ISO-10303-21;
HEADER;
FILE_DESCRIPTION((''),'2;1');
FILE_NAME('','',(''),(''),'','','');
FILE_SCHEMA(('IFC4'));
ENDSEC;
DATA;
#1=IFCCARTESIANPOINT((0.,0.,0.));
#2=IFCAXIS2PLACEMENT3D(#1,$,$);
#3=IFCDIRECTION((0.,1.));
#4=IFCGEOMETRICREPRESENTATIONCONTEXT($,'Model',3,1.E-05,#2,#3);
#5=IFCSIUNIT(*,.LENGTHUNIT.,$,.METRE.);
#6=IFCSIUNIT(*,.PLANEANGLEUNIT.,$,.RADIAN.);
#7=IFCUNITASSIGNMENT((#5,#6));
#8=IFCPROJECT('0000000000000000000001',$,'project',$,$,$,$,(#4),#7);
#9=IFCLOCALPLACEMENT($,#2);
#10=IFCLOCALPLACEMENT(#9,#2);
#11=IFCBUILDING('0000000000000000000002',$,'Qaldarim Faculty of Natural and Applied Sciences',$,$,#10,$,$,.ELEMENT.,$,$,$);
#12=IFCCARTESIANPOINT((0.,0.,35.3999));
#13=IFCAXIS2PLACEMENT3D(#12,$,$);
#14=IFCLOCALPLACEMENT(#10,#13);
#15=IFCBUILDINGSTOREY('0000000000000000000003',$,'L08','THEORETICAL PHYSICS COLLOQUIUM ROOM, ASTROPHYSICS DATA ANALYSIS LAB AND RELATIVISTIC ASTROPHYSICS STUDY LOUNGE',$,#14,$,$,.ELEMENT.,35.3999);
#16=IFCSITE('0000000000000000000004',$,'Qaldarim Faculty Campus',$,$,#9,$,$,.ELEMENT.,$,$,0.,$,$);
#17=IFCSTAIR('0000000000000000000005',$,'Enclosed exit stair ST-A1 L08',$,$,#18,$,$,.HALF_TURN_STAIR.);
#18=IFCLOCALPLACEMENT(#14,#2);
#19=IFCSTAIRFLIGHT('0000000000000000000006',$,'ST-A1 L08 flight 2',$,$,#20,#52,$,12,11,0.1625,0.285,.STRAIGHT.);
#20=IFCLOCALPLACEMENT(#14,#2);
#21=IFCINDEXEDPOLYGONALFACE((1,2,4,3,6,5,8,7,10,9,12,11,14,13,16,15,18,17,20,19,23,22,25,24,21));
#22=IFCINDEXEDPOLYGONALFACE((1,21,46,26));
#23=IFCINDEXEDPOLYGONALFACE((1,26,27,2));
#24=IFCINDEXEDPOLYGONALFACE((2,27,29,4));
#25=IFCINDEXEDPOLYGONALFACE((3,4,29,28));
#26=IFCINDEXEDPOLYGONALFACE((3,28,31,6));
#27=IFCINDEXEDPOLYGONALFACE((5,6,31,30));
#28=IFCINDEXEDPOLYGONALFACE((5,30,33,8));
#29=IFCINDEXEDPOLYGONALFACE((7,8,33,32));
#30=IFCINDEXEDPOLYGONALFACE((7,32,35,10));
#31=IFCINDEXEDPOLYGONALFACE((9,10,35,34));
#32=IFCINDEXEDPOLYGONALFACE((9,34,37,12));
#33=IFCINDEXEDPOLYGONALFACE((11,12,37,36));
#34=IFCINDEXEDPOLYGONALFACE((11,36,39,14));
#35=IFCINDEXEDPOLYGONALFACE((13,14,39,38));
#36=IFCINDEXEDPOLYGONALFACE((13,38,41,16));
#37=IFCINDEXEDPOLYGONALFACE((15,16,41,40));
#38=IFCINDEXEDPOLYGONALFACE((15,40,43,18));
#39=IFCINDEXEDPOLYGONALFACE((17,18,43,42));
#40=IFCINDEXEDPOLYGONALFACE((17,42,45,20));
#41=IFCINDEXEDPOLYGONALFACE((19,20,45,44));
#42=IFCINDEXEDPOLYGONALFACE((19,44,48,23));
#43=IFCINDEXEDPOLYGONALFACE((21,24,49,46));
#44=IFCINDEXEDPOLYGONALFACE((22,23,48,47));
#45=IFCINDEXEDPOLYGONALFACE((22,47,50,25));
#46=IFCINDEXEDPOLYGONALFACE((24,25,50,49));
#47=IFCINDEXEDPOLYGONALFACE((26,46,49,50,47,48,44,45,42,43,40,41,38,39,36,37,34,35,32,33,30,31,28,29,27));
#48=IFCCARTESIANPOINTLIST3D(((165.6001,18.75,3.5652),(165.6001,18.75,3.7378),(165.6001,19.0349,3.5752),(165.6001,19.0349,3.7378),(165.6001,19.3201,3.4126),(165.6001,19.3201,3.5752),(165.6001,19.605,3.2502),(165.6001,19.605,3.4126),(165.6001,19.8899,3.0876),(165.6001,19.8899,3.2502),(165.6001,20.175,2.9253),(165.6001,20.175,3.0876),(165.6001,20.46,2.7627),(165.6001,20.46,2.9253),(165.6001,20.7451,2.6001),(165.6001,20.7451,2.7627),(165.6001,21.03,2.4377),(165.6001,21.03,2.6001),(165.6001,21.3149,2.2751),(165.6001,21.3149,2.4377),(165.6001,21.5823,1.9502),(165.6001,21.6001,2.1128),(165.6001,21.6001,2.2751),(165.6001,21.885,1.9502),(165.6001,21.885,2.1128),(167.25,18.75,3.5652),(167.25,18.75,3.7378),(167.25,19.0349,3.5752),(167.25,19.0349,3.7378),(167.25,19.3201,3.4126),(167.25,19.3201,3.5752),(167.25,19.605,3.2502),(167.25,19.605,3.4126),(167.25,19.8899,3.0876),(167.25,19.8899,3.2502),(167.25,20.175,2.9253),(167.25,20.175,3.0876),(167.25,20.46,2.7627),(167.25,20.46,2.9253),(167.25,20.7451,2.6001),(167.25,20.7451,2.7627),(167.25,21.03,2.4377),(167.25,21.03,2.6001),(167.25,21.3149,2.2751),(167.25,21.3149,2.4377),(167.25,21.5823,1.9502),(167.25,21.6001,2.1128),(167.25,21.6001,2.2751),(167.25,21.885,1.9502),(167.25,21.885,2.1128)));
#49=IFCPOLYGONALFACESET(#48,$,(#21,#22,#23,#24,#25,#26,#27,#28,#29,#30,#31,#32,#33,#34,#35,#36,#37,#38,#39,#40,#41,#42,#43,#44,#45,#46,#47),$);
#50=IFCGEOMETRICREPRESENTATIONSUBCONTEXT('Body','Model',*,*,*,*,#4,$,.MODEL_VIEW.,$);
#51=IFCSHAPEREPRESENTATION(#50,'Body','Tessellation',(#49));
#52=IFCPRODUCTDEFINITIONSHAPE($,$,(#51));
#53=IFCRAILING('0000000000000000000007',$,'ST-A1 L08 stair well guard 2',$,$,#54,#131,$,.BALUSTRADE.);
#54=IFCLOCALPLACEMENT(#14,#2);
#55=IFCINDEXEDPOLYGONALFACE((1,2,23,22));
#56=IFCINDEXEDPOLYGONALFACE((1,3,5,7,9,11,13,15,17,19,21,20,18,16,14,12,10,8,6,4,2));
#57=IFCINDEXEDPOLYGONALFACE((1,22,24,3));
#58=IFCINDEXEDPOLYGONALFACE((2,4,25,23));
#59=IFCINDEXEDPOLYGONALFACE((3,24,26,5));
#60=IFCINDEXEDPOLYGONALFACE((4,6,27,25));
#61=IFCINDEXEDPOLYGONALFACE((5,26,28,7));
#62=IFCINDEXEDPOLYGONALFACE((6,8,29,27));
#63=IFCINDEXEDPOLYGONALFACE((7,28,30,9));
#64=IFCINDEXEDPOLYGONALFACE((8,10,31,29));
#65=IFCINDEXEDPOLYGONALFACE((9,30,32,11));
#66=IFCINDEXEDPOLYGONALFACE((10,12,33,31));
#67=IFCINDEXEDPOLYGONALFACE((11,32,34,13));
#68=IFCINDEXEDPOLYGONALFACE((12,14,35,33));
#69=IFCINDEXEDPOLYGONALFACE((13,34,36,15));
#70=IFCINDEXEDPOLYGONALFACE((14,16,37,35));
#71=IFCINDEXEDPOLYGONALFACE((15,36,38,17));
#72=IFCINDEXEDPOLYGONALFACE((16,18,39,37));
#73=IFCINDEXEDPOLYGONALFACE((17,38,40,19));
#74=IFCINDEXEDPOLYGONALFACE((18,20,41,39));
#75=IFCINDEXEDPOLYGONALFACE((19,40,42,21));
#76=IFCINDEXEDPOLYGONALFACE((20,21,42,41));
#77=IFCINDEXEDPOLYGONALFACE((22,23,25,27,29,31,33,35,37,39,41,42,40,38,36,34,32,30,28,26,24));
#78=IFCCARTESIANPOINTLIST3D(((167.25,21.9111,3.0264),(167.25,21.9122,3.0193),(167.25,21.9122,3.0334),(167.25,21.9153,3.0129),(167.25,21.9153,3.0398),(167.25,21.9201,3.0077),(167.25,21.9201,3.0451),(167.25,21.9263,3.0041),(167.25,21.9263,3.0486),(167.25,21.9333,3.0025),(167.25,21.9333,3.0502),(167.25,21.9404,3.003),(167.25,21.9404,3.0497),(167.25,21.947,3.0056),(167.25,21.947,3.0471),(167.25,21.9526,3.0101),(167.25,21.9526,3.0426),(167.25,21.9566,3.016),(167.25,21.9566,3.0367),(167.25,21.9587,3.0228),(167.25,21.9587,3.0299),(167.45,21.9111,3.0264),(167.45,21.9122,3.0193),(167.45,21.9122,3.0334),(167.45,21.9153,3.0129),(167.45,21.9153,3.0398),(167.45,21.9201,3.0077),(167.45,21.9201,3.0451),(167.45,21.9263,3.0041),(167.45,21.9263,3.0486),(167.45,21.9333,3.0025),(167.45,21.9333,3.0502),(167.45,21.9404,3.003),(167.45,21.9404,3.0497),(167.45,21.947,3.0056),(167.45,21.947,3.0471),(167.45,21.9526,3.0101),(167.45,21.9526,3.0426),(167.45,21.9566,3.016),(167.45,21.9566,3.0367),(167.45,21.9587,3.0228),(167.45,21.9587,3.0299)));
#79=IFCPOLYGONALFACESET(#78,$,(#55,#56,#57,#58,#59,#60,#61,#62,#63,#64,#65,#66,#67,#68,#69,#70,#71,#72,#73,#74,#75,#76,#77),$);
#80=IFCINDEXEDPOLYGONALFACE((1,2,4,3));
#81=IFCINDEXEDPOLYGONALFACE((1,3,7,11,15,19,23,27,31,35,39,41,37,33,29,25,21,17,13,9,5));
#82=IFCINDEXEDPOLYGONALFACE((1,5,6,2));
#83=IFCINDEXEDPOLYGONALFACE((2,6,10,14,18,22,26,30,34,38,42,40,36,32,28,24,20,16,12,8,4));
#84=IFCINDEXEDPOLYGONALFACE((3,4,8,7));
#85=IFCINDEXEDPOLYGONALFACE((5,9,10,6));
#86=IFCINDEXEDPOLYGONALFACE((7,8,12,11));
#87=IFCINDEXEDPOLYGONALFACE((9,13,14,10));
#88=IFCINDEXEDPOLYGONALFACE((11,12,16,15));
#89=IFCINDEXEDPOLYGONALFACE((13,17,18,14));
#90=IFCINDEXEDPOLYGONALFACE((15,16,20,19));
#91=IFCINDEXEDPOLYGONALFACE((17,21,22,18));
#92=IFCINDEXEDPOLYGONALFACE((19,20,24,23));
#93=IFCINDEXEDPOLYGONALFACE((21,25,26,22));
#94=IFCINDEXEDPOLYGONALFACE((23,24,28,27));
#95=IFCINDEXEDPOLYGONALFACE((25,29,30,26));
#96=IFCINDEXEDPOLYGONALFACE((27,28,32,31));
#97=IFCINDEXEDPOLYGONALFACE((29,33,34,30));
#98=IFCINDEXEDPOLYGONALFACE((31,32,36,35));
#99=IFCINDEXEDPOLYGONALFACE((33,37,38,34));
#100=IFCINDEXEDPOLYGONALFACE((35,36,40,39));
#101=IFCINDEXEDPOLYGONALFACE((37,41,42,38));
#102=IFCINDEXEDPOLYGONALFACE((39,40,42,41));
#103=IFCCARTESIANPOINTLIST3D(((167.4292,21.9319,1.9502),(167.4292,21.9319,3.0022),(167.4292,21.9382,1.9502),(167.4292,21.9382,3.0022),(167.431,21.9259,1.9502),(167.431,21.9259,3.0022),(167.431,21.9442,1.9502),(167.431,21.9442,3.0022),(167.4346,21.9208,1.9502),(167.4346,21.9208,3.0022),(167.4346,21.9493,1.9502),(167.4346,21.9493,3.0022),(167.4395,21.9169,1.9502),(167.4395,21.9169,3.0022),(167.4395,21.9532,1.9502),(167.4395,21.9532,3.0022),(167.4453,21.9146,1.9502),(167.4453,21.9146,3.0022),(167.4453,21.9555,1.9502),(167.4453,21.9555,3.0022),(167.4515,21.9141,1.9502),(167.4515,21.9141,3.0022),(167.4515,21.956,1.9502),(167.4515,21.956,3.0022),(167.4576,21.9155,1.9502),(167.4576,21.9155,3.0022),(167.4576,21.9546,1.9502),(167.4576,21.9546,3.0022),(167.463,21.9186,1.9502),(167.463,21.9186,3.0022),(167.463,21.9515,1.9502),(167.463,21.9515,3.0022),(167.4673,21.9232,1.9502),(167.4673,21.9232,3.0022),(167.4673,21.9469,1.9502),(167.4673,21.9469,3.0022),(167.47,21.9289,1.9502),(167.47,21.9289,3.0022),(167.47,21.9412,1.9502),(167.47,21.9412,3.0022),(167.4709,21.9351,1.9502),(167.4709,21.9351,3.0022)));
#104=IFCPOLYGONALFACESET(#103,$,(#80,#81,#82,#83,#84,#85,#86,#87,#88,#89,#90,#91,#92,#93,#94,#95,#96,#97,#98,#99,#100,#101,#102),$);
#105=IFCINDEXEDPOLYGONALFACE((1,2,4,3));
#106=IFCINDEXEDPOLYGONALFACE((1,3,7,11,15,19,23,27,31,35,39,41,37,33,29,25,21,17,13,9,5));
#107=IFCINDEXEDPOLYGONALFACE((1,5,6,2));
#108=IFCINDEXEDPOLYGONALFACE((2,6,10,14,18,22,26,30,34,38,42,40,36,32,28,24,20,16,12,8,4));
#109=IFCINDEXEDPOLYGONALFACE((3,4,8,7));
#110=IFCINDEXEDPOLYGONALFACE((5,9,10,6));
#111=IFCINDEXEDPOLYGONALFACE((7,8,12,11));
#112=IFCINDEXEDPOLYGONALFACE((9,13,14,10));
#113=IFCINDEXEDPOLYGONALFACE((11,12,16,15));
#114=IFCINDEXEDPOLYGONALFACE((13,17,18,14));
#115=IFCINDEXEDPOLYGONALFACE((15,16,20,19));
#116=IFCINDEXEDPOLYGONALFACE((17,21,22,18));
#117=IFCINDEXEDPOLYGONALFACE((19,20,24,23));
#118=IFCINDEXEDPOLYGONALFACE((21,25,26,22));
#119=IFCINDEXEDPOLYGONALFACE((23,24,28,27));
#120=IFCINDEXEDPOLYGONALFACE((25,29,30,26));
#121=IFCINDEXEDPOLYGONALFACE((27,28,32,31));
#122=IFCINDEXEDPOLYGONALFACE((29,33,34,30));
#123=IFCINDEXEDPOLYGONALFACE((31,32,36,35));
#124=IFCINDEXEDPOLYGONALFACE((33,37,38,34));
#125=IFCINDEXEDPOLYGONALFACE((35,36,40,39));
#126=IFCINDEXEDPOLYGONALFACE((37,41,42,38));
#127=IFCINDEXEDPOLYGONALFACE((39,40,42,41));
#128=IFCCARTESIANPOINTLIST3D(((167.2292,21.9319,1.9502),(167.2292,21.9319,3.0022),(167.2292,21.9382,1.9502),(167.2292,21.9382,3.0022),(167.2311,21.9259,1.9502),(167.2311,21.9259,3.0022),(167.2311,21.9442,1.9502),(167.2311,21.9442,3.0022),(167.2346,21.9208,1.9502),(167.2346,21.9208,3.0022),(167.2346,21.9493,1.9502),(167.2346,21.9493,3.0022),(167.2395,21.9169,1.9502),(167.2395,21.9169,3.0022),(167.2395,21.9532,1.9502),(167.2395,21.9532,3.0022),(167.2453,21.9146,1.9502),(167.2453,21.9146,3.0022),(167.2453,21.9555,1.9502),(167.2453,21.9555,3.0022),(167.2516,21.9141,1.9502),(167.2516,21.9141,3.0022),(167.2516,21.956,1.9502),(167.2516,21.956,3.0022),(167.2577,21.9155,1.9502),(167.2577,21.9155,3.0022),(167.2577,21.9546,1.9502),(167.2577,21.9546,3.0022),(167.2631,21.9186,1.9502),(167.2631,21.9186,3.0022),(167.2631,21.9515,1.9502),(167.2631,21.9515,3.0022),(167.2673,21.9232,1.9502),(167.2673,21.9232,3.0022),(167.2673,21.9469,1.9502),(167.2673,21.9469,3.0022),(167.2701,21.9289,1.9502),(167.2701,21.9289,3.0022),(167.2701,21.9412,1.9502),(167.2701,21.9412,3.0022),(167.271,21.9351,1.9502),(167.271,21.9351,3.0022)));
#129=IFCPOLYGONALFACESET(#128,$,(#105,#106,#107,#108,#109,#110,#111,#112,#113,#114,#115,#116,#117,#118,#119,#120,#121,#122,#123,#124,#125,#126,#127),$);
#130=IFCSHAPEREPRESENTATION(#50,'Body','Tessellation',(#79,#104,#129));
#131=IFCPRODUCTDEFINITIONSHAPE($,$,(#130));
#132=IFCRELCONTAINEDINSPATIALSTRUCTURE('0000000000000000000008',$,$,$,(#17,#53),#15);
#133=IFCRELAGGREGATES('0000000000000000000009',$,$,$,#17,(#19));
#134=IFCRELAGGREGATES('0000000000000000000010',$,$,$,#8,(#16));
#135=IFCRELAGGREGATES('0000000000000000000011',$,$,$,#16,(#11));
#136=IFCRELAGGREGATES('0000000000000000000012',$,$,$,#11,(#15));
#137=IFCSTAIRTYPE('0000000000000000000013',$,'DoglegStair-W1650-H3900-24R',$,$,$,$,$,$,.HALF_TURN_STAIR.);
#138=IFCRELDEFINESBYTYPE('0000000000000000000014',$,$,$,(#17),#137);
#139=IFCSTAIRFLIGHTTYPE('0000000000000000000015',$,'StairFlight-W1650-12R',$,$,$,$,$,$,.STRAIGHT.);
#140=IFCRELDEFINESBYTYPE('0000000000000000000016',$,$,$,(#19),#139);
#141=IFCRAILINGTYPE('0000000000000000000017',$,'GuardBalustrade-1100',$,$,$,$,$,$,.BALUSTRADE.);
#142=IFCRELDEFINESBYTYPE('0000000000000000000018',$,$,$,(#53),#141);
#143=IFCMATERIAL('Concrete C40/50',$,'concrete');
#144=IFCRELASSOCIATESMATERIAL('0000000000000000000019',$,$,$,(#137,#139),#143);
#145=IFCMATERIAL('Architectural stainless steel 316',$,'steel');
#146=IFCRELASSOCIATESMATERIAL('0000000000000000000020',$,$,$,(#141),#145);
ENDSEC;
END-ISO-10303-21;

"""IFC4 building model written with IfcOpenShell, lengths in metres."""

from ifc_helpers import new_model, si_unit, direction, frame, origin, origin_2d, place, context, subcontext, project, spatial, polyline, circle, outline, extrude, material, type_object, element, aggregate, save


model = new_model("IFC4")

# Units and contexts
model_context = context("Model", 3, precision=1e-05, world=origin(), true_north=direction((0.0, 1.0)))
body_context = subcontext(model_context, "Body", "Model", "MODEL_VIEW")
ifc_project = project(units=[si_unit("LENGTHUNIT", "METRE"), si_unit("PLANEANGLEUNIT", "RADIAN")], contexts=[model_context])

# Site, building, storey
site_placement = place(None, origin())
site = spatial("IfcSite", under=ifc_project, at=site_placement, Name="Qaldarim Faculty Campus", CompositionType="ELEMENT", RefElevation=0.0)
building_placement = place(site_placement, origin())
building = spatial("IfcBuilding", under=site, at=building_placement, Name="Qaldarim Faculty of Natural and Applied Sciences", CompositionType="ELEMENT")
storey_placement = place(building_placement, frame((0.0, 0.0, 35.3999)))
storey = spatial("IfcBuildingStorey", under=building, at=storey_placement, Name="L08", Description="THEORETICAL PHYSICS COLLOQUIUM ROOM, ASTROPHYSICS DATA ANALYSIS LAB AND RELATIVISTIC ASTROPHYSICS STUDY LOUNGE", CompositionType="ELEMENT", Elevation=35.3999)

# Shared definitions
ifc_material_1 = material(Name="Concrete C40/50", Category="concrete")

# Shared definitions
ifc_material_2 = material(Name="Architectural stainless steel 316", Category="steel")

# Stair, stair flight
stair_type_1 = type_object("IfcStairType", Name="DoglegStair-W1650-H3900-24R", PredefinedType="HALF_TURN_STAIR", material=ifc_material_1)
stair_1_placement = place(storey_placement, origin())
stair_1 = element("IfcStair", 1, at=stair_1_placement, inside=storey, type_object=stair_type_1, Name="Enclosed exit stair ST-A1 L08", PredefinedType="HALF_TURN_STAIR")
stair_flight_type_1 = type_object("IfcStairFlightType", Name="StairFlight-W1650-12R", PredefinedType="STRAIGHT", material=ifc_material_1)
stair_flight_1_placement = place(storey_placement, frame((166.425, 21.885, 1.9502), z_axis=(0.0, 0.0, 1.0), x_axis=(0.0, -1.0, 0.0)))
stair_flight_1 = element("IfcStairFlight", 2, at=stair_flight_1_placement, type_object=stair_flight_type_1, Name="ST-A1 L08 flight 2", NumberOfRisers=12, NumberOfTreads=11, PredefinedType="STRAIGHT", RiserHeight=0.1625, TreadLength=0.285, context=body_context, shape_type="SweptSolid", body=[
    extrude(outline(polyline([(0.0, 0.0), (0.0, 0.1626), (0.2849, 0.1626), (0.2849, 0.325), (0.5701, 0.325), (0.5701, 0.4875), (0.855, 0.4875), (0.855, 0.6499), (1.1399, 0.6499), (1.1399, 0.8125), (1.425, 0.8125), (1.425, 0.9751), (1.71, 0.9751), (1.71, 1.1375), (1.9951, 1.1375), (1.9951, 1.3), (2.28, 1.3), (2.28, 1.4624), (2.5649, 1.4624), (2.5649, 1.625), (2.8501, 1.625), (2.8501, 1.7876), (3.135, 1.7876), (3.135, 1.95), (3.135, 1.615), (0.3027, 0.0), (0.0, 0.0)])), frame((0.0, 0.825, 0.0), z_axis=(0.0, -1.0, 0.0), x_axis=(1.0, 0.0, 0.0)), (0.0, 0.0, 1.0), 1.6499),
])
aggregate(stair_1, [stair_flight_1])

# Railing
railing_type_1 = type_object("IfcRailingType", Name="GuardBalustrade-1100", PredefinedType="BALUSTRADE", material=ifc_material_2)
railing_1_placement = place(storey_placement, frame((167.45, 21.9351, 1.9502)))
element("IfcRailing", 3, at=railing_1_placement, inside=storey, type_object=railing_type_1, Name="ST-A1 L08 stair well guard 2", PredefinedType="BALUSTRADE", context=body_context, shape_type="SweptSolid", body=[
    extrude(circle(Radius=0.0239, at=origin_2d()), frame((0.0, 0.0, 1.0762), z_axis=(-1.0, 0.0, 0.0), x_axis=(0.0, -1.0, 0.0)), (0.0, 0.0, 1.0), 0.2),
    extrude(circle(Radius=0.021, at=origin_2d()), origin(), (0.0, 0.0, 1.0), 1.052),
    extrude(circle(Radius=0.021, at=origin_2d()), frame((-0.2, 0.0, 0.0)), (0.0, 0.0, 1.0), 1.052),
])

save(model, "model.ifc")
